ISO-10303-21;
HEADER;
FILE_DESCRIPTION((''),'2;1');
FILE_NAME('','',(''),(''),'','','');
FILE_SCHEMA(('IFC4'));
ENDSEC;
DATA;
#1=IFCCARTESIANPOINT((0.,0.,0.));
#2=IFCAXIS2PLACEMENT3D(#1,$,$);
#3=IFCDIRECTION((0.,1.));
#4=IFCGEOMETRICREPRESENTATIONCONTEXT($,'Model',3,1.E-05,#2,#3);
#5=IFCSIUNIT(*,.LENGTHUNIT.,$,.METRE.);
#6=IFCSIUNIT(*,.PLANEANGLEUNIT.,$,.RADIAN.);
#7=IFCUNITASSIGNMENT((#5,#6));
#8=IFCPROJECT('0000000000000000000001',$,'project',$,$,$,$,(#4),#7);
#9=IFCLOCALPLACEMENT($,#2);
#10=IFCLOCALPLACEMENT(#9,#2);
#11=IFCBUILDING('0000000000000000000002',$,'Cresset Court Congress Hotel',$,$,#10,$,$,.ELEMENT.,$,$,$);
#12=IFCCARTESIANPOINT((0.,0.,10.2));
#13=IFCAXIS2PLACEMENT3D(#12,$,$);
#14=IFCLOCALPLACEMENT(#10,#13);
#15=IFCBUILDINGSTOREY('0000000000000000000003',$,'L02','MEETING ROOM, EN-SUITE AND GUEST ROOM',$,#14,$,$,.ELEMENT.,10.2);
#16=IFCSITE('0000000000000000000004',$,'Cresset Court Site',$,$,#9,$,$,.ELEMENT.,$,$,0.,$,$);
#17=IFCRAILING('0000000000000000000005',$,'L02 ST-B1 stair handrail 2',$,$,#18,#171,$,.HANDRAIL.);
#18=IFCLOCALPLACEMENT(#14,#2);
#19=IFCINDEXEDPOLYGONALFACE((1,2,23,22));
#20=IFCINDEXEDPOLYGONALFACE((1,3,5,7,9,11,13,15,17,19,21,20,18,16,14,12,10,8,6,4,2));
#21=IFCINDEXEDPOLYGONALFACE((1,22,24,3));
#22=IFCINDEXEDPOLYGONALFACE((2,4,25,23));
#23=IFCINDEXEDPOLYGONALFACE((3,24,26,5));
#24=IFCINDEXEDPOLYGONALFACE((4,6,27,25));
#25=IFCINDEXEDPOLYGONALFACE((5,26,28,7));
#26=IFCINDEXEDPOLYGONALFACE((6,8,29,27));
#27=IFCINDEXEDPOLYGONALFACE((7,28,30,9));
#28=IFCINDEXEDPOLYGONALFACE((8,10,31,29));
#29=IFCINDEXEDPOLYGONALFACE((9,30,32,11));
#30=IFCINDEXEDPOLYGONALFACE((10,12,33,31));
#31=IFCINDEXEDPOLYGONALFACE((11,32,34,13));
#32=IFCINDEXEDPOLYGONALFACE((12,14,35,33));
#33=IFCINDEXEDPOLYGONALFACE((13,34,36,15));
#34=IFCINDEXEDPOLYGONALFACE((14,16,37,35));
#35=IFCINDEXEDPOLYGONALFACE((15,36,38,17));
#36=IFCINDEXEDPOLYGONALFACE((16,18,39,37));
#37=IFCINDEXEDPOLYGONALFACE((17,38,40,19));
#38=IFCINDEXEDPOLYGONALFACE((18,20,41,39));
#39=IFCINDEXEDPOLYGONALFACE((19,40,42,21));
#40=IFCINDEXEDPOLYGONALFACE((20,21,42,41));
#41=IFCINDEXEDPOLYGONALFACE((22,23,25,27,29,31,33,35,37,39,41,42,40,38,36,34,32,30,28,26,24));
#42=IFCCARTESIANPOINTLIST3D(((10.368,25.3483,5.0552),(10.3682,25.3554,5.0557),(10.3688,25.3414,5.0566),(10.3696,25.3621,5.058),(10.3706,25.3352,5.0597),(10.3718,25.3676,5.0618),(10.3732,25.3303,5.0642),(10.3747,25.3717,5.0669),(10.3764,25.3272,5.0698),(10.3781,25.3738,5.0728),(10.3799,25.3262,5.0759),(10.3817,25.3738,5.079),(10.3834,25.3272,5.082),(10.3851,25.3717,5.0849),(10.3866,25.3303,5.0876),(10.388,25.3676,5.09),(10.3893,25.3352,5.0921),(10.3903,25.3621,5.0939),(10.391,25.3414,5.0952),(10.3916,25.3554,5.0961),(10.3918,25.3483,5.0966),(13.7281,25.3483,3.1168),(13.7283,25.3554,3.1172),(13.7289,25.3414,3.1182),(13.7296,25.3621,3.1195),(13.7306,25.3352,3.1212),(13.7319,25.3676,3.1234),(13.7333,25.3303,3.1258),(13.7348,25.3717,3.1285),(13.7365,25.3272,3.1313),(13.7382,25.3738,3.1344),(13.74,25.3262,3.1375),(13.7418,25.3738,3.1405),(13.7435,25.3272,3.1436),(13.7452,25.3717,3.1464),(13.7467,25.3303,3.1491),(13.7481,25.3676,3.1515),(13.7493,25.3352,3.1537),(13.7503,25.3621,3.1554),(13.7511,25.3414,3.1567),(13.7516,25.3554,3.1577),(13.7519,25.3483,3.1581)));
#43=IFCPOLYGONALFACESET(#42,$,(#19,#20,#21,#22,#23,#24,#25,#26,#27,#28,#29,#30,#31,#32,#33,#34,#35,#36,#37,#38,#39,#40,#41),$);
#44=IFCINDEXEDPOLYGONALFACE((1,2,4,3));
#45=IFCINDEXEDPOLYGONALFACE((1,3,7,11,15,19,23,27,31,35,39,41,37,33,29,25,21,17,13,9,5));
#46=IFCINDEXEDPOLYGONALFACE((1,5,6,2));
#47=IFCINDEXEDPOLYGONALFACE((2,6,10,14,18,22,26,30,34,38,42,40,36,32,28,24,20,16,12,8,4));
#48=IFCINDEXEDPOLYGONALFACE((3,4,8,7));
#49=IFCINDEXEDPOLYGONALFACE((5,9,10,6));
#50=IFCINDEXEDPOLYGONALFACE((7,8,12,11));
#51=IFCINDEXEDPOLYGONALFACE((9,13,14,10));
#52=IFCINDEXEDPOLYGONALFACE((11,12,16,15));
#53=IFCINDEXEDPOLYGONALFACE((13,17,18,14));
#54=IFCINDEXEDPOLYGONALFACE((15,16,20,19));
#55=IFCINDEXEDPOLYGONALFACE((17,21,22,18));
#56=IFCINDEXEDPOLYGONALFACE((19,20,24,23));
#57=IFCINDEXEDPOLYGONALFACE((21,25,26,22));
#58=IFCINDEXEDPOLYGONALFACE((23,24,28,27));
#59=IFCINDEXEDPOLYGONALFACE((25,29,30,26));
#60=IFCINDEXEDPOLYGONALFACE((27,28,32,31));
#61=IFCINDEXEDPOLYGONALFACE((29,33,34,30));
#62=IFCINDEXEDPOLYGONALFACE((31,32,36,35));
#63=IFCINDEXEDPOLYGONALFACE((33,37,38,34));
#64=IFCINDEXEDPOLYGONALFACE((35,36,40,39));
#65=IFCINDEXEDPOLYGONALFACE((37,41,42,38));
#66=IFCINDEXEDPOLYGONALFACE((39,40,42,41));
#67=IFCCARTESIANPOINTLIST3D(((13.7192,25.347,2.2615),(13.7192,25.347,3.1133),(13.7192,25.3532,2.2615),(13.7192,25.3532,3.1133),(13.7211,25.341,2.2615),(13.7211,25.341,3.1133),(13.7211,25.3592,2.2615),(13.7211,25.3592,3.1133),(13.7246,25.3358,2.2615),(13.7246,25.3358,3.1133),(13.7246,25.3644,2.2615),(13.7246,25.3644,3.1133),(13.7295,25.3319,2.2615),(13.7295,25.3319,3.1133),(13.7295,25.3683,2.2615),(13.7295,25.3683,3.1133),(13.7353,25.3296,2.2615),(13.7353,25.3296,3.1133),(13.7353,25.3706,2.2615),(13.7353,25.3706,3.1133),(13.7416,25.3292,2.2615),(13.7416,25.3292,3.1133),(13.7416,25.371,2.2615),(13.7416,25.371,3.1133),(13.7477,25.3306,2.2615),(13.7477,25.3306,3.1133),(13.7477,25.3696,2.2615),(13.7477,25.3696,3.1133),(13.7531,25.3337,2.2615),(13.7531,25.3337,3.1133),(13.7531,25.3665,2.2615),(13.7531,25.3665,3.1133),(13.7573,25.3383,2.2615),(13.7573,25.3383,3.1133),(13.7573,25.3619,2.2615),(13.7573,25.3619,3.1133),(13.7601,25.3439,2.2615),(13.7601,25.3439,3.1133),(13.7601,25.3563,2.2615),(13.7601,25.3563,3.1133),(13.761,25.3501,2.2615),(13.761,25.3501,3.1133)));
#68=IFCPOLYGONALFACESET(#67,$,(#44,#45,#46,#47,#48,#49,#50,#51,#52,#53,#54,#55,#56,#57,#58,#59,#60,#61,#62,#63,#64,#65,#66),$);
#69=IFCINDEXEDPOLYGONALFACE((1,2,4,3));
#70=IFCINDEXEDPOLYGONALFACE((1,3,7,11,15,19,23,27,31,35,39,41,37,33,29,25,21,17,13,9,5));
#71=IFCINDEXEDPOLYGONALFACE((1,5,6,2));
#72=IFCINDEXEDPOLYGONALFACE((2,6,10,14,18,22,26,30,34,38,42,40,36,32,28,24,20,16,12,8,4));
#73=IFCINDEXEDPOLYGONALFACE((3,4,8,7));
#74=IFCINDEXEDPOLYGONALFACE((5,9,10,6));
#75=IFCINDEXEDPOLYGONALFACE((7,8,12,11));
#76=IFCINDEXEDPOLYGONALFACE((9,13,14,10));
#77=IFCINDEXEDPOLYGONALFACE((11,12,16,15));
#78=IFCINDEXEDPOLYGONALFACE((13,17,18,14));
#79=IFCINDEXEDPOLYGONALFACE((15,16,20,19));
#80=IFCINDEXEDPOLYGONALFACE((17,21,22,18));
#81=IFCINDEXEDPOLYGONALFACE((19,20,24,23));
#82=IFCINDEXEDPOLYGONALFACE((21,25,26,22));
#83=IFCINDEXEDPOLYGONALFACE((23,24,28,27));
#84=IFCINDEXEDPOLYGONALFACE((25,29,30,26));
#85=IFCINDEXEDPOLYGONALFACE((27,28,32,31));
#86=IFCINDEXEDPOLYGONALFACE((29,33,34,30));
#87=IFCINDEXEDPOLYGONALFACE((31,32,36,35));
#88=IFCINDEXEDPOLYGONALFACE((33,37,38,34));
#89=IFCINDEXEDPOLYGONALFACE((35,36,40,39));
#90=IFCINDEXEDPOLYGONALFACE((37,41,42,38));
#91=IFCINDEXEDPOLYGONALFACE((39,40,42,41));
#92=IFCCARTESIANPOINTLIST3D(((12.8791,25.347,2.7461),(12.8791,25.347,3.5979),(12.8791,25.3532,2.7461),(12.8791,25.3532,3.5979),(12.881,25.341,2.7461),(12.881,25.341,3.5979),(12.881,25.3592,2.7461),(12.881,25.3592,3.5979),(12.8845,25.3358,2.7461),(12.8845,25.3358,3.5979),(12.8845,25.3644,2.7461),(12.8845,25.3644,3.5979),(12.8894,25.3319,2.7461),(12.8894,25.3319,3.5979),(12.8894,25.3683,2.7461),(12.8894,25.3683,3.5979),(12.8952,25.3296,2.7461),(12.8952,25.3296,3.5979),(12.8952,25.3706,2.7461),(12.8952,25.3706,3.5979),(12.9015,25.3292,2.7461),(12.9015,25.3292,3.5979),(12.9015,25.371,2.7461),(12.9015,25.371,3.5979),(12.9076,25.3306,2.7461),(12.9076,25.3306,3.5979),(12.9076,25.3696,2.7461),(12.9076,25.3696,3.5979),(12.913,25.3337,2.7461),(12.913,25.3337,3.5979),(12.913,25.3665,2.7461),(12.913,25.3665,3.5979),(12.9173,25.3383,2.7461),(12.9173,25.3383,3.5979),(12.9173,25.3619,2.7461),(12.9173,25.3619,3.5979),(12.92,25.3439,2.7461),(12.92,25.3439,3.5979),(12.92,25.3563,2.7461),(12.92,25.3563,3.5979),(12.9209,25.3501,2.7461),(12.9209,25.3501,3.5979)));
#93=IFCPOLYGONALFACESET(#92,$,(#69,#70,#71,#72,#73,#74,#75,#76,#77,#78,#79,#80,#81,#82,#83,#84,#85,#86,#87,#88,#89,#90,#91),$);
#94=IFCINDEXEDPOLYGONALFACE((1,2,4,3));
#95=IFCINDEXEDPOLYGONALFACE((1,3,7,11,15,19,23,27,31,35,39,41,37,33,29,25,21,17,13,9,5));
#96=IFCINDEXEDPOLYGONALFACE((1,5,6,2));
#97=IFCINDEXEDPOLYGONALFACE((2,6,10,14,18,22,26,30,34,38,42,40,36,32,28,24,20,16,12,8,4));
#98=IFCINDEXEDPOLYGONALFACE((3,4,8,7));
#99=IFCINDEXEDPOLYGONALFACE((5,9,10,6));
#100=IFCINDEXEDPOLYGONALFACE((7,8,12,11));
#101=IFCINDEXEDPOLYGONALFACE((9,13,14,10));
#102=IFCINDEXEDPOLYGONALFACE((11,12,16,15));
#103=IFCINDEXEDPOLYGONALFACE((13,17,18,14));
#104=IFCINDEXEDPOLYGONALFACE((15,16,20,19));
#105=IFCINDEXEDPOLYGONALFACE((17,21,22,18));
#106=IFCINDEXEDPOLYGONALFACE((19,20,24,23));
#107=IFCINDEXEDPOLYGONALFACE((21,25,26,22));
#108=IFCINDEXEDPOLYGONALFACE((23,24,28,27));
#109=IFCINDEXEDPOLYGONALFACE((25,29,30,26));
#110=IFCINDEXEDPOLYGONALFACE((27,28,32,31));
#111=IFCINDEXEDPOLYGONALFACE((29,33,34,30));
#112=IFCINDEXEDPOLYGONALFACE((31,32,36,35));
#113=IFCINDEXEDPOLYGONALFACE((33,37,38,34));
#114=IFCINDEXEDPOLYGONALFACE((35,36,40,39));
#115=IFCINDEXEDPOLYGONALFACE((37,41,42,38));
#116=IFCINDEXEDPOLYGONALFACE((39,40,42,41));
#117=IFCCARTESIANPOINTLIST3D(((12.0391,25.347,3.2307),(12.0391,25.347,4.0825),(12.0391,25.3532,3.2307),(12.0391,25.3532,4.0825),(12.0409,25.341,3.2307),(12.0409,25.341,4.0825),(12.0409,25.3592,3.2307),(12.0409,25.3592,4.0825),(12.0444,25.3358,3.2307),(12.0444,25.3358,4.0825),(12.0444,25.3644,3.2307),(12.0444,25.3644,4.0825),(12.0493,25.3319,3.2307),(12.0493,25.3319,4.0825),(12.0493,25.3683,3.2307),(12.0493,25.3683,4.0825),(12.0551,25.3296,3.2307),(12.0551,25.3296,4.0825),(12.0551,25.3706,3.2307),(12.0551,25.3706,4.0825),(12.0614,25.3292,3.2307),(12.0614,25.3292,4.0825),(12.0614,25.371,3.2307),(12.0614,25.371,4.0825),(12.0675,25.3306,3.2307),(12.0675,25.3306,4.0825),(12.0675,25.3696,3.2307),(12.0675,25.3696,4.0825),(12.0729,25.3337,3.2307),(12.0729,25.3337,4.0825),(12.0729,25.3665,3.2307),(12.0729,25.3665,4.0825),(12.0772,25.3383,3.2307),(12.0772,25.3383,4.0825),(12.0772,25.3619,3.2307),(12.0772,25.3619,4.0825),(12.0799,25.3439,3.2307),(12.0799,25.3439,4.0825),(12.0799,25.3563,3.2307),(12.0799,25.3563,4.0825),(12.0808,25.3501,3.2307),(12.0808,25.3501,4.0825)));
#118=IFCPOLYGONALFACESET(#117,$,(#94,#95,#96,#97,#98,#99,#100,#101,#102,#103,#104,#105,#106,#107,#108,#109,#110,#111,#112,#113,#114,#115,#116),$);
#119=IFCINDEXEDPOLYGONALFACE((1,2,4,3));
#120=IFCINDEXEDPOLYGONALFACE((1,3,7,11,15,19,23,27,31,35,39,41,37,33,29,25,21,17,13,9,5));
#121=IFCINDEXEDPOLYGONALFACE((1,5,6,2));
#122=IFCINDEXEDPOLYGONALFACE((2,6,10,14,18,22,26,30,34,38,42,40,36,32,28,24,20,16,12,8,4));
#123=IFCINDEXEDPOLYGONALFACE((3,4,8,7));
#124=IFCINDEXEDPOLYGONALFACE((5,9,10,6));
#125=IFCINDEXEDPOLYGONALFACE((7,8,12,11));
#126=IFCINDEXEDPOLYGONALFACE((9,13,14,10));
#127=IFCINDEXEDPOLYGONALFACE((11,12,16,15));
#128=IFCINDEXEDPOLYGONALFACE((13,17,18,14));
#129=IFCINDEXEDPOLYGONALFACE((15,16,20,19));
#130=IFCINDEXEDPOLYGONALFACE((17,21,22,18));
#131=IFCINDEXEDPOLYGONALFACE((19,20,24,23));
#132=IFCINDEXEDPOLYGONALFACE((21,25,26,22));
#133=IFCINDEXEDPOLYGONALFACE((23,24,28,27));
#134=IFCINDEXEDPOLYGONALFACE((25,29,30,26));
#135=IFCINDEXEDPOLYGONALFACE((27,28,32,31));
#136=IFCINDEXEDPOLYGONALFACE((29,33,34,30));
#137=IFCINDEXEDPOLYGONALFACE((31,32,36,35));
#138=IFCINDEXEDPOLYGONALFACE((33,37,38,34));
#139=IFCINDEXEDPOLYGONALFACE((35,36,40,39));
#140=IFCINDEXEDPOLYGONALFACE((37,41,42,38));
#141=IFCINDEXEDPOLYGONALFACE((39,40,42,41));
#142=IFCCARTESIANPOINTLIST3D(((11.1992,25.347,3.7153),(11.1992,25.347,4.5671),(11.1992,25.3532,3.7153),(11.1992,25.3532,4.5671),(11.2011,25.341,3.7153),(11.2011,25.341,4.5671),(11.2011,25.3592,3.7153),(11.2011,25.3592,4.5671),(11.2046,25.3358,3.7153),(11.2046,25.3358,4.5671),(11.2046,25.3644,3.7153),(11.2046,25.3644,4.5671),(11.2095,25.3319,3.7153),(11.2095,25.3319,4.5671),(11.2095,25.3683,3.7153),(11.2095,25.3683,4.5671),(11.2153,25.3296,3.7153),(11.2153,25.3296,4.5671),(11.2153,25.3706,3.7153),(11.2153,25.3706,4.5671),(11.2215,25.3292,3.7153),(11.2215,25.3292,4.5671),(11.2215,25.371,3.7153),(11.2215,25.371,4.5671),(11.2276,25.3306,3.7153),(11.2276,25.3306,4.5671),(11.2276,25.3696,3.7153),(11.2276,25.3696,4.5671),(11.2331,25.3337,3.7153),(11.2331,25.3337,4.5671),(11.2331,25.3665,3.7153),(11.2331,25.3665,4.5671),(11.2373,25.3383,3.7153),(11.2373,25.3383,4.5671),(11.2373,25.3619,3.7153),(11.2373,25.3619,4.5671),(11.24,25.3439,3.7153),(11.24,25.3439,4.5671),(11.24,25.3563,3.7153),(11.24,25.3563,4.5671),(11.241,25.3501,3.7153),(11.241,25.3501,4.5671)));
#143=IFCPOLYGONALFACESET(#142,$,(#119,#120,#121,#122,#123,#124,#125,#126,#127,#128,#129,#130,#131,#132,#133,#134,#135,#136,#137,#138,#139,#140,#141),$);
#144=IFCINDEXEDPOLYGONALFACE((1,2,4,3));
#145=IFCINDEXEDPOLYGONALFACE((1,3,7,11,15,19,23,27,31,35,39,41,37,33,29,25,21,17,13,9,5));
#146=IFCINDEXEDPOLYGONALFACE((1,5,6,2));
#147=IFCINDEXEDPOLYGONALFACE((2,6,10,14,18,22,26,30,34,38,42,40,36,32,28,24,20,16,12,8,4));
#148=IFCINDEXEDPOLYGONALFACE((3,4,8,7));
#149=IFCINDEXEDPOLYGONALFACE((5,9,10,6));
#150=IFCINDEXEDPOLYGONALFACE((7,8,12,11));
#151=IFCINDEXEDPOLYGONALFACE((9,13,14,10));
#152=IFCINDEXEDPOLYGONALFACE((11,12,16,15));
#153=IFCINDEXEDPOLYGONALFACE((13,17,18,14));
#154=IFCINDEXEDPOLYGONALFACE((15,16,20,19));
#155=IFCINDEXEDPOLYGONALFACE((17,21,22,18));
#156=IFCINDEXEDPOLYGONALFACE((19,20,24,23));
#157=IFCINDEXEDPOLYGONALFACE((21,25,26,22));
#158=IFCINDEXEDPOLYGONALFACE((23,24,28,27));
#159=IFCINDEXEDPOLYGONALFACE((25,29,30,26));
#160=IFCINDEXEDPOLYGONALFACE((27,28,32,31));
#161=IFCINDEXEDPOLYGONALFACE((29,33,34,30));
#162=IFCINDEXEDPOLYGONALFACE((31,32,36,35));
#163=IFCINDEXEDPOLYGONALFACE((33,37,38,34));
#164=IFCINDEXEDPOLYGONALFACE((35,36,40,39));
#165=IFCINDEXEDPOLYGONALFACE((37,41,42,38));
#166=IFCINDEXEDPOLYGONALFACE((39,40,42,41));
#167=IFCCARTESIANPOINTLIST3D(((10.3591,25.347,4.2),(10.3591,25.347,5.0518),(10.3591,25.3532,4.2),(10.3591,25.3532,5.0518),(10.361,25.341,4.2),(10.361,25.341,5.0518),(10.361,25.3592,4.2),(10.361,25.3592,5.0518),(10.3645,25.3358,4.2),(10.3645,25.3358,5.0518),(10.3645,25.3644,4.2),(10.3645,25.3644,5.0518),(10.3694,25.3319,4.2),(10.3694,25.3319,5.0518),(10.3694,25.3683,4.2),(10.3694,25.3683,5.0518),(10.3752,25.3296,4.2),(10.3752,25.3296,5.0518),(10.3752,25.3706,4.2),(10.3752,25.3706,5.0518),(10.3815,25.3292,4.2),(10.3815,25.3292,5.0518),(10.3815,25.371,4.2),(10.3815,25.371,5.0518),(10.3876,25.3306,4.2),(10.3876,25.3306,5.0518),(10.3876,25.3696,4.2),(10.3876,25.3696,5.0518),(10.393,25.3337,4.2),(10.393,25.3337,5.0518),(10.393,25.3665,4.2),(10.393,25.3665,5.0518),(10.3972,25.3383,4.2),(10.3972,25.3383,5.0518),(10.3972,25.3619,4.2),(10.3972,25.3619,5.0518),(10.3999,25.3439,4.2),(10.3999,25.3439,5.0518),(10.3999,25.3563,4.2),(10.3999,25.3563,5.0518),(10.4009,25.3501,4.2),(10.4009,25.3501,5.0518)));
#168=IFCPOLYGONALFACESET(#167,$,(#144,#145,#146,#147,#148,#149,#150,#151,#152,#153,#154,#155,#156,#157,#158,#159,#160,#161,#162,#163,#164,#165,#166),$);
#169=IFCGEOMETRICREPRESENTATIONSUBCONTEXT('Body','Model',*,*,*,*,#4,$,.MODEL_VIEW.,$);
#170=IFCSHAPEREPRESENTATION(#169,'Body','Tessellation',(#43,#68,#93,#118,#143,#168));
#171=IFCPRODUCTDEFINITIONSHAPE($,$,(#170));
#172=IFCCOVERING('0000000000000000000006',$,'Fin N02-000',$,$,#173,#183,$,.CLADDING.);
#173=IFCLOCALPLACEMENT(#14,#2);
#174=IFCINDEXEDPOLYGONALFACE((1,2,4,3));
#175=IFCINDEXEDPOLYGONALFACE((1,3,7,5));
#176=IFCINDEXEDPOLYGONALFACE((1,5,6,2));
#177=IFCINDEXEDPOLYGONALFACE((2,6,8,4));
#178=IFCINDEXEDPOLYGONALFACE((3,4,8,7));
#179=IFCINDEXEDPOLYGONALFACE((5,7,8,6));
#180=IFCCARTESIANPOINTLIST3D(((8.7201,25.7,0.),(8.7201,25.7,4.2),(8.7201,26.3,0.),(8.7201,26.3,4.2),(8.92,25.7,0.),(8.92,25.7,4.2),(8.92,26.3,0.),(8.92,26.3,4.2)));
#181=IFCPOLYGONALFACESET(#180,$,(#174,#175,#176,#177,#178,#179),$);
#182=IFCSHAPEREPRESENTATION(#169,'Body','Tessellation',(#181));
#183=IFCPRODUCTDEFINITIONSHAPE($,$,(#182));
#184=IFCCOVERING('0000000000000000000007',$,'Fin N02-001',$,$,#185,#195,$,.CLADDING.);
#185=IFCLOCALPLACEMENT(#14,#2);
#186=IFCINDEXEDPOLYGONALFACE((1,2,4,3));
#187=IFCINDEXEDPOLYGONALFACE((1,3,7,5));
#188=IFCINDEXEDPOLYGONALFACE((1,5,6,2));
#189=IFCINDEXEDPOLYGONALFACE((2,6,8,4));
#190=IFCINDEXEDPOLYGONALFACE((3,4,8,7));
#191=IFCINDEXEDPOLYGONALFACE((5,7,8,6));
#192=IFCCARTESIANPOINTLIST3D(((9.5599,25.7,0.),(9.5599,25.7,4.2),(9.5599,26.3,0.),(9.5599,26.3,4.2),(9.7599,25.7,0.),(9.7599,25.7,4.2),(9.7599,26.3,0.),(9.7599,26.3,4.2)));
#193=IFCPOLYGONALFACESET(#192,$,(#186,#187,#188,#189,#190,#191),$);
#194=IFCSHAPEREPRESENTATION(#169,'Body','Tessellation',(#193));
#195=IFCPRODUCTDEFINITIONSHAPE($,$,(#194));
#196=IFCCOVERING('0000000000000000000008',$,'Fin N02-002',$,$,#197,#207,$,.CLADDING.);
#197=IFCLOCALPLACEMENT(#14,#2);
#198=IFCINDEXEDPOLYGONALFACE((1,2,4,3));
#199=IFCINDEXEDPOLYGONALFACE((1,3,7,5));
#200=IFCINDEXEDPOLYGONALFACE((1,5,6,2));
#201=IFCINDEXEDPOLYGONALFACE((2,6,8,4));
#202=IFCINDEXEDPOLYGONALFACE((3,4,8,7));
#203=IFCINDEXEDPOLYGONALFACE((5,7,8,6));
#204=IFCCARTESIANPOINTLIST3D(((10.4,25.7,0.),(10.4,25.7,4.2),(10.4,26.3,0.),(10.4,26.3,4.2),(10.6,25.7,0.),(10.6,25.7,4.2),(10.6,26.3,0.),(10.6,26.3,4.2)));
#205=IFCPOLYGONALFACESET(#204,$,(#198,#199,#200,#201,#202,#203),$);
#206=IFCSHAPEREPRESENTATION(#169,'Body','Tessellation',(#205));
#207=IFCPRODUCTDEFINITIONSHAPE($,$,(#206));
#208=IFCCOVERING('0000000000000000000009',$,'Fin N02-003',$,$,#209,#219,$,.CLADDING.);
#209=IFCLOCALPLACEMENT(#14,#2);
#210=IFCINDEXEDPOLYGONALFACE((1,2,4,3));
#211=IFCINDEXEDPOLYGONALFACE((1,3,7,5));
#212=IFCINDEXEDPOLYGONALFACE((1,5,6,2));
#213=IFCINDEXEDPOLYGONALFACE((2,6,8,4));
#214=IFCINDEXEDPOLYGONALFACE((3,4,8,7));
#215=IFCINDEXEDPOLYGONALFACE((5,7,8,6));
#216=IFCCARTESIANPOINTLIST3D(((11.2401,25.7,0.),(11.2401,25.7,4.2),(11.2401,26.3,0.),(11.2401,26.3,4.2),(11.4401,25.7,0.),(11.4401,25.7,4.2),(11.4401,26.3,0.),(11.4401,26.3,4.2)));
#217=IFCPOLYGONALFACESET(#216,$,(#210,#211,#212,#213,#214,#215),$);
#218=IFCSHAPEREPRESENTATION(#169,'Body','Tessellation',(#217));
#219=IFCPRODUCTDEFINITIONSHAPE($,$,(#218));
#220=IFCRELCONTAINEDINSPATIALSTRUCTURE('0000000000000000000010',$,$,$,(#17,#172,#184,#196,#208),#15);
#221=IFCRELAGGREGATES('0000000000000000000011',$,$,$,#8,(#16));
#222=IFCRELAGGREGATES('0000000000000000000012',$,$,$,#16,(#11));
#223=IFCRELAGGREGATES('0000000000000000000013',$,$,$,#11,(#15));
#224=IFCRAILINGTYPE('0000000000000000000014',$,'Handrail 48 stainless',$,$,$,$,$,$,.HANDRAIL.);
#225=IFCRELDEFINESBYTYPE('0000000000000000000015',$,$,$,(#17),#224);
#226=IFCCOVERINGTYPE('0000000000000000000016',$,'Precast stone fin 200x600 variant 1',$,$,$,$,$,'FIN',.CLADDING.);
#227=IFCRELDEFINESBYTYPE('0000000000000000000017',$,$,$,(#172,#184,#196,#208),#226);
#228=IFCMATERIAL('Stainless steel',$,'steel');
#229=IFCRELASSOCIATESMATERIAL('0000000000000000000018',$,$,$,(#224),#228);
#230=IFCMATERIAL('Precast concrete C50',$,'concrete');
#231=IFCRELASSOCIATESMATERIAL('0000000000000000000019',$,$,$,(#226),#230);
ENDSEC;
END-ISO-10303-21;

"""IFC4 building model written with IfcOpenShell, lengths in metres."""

from ifc_helpers import new_model, si_unit, direction, frame, origin, origin_2d, place, context, subcontext, project, spatial, rectangle, circle, extrude, material, type_object, element, save


model = new_model("IFC4")

# Units and contexts
model_context = context("Model", 3, precision=1e-05, world=origin(), true_north=direction((0.0, 1.0)))
body_context = subcontext(model_context, "Body", "Model", "MODEL_VIEW")
ifc_project = project(units=[si_unit("LENGTHUNIT", "METRE"), si_unit("PLANEANGLEUNIT", "RADIAN")], contexts=[model_context])

# Site, building, storey
site_placement = place(None, origin())
site = spatial("IfcSite", under=ifc_project, at=site_placement, Name="Cresset Court Site", CompositionType="ELEMENT", RefElevation=0.0)
building_placement = place(site_placement, origin())
building = spatial("IfcBuilding", under=site, at=building_placement, Name="Cresset Court Congress Hotel", CompositionType="ELEMENT")
storey_placement = place(building_placement, frame((0.0, 0.0, 10.2)))
storey = spatial("IfcBuildingStorey", under=building, at=storey_placement, Name="L02", Description="MEETING ROOM, EN-SUITE AND GUEST ROOM", CompositionType="ELEMENT", Elevation=10.2)

# Railing
ifc_material_1 = material(Name="Stainless steel", Category="steel")
railing_type = type_object("IfcRailingType", Name="Handrail 48 stainless", PredefinedType="HANDRAIL", material=ifc_material_1)
railing_placement = place(storey_placement, frame((13.74, 25.3501, 2.2615)))
element("IfcRailing", 1, at=railing_placement, inside=storey, type_object=railing_type, Name="L02 ST-B1 stair handrail 2", PredefinedType="HANDRAIL", context=body_context, shape_type="SweptSolid", body=[
    extrude(circle(Radius=0.0239, at=origin_2d()), frame((0.0, 0.0, 0.876), z_axis=(-0.866191, 0.0, 0.499713), x_axis=(0.0, -1.0, 0.0)), (0.0, 0.0, 1.0), 3.8792),
    extrude(circle(Radius=0.021, at=origin_2d()), origin(), (0.0, 0.0, 1.0), 0.8518),
    extrude(circle(Radius=0.021, at=origin_2d()), frame((-0.8401, 0.0, 0.4846)), (0.0, 0.0, 1.0), 0.8518),
    extrude(circle(Radius=0.021, at=origin_2d()), frame((-1.6802, 0.0, 0.9692)), (0.0, 0.0, 1.0), 0.8518),
    extrude(circle(Radius=0.021, at=origin_2d()), frame((-2.52, 0.0, 1.4539)), (0.0, 0.0, 1.0), 0.8518),
    extrude(circle(Radius=0.021, at=origin_2d()), frame((-3.3601, 0.0, 1.9385)), (0.0, 0.0, 1.0), 0.8518),
])

# Coverings
ifc_material_2 = material(Name="Precast concrete C50", Category="concrete")
covering_type_1 = type_object("IfcCoveringType", Name="Precast stone fin 200x600 variant 1", ElementType="FIN", PredefinedType="CLADDING", material=ifc_material_2)
for number, where, z_axis, x_axis, name in (
    (2, (8.8201, 26.0, 0.0), (0.0, 0.0, 1.0), (1.0, 0.0, 0.0), "Fin N02-000"),
    (3, (9.6599, 26.0, 0.0), (0.0, 0.0, 1.0), (1.0, 0.0, 0.0), "Fin N02-001"),
    (4, (10.5, 26.0, 0.0), (0.0, 0.0, 1.0), (1.0, 0.0, 0.0), "Fin N02-002"),
    (5, (11.3401, 26.0, 0.0), (0.0, 0.0, 1.0), (1.0, 0.0, 0.0), "Fin N02-003"),
):
    element("IfcCovering", number, at=place(storey_placement, frame(where, z_axis=z_axis, x_axis=x_axis)), inside=storey, type_object=covering_type_1, Name=name, PredefinedType="CLADDING", context=body_context, shape_type="SweptSolid", body=[
        extrude(rectangle(XDim=0.2, YDim=0.6001, at=origin_2d()), origin(), (0.0, 0.0, 1.0), 4.2),
    ])

save(model, "model.ifc")
